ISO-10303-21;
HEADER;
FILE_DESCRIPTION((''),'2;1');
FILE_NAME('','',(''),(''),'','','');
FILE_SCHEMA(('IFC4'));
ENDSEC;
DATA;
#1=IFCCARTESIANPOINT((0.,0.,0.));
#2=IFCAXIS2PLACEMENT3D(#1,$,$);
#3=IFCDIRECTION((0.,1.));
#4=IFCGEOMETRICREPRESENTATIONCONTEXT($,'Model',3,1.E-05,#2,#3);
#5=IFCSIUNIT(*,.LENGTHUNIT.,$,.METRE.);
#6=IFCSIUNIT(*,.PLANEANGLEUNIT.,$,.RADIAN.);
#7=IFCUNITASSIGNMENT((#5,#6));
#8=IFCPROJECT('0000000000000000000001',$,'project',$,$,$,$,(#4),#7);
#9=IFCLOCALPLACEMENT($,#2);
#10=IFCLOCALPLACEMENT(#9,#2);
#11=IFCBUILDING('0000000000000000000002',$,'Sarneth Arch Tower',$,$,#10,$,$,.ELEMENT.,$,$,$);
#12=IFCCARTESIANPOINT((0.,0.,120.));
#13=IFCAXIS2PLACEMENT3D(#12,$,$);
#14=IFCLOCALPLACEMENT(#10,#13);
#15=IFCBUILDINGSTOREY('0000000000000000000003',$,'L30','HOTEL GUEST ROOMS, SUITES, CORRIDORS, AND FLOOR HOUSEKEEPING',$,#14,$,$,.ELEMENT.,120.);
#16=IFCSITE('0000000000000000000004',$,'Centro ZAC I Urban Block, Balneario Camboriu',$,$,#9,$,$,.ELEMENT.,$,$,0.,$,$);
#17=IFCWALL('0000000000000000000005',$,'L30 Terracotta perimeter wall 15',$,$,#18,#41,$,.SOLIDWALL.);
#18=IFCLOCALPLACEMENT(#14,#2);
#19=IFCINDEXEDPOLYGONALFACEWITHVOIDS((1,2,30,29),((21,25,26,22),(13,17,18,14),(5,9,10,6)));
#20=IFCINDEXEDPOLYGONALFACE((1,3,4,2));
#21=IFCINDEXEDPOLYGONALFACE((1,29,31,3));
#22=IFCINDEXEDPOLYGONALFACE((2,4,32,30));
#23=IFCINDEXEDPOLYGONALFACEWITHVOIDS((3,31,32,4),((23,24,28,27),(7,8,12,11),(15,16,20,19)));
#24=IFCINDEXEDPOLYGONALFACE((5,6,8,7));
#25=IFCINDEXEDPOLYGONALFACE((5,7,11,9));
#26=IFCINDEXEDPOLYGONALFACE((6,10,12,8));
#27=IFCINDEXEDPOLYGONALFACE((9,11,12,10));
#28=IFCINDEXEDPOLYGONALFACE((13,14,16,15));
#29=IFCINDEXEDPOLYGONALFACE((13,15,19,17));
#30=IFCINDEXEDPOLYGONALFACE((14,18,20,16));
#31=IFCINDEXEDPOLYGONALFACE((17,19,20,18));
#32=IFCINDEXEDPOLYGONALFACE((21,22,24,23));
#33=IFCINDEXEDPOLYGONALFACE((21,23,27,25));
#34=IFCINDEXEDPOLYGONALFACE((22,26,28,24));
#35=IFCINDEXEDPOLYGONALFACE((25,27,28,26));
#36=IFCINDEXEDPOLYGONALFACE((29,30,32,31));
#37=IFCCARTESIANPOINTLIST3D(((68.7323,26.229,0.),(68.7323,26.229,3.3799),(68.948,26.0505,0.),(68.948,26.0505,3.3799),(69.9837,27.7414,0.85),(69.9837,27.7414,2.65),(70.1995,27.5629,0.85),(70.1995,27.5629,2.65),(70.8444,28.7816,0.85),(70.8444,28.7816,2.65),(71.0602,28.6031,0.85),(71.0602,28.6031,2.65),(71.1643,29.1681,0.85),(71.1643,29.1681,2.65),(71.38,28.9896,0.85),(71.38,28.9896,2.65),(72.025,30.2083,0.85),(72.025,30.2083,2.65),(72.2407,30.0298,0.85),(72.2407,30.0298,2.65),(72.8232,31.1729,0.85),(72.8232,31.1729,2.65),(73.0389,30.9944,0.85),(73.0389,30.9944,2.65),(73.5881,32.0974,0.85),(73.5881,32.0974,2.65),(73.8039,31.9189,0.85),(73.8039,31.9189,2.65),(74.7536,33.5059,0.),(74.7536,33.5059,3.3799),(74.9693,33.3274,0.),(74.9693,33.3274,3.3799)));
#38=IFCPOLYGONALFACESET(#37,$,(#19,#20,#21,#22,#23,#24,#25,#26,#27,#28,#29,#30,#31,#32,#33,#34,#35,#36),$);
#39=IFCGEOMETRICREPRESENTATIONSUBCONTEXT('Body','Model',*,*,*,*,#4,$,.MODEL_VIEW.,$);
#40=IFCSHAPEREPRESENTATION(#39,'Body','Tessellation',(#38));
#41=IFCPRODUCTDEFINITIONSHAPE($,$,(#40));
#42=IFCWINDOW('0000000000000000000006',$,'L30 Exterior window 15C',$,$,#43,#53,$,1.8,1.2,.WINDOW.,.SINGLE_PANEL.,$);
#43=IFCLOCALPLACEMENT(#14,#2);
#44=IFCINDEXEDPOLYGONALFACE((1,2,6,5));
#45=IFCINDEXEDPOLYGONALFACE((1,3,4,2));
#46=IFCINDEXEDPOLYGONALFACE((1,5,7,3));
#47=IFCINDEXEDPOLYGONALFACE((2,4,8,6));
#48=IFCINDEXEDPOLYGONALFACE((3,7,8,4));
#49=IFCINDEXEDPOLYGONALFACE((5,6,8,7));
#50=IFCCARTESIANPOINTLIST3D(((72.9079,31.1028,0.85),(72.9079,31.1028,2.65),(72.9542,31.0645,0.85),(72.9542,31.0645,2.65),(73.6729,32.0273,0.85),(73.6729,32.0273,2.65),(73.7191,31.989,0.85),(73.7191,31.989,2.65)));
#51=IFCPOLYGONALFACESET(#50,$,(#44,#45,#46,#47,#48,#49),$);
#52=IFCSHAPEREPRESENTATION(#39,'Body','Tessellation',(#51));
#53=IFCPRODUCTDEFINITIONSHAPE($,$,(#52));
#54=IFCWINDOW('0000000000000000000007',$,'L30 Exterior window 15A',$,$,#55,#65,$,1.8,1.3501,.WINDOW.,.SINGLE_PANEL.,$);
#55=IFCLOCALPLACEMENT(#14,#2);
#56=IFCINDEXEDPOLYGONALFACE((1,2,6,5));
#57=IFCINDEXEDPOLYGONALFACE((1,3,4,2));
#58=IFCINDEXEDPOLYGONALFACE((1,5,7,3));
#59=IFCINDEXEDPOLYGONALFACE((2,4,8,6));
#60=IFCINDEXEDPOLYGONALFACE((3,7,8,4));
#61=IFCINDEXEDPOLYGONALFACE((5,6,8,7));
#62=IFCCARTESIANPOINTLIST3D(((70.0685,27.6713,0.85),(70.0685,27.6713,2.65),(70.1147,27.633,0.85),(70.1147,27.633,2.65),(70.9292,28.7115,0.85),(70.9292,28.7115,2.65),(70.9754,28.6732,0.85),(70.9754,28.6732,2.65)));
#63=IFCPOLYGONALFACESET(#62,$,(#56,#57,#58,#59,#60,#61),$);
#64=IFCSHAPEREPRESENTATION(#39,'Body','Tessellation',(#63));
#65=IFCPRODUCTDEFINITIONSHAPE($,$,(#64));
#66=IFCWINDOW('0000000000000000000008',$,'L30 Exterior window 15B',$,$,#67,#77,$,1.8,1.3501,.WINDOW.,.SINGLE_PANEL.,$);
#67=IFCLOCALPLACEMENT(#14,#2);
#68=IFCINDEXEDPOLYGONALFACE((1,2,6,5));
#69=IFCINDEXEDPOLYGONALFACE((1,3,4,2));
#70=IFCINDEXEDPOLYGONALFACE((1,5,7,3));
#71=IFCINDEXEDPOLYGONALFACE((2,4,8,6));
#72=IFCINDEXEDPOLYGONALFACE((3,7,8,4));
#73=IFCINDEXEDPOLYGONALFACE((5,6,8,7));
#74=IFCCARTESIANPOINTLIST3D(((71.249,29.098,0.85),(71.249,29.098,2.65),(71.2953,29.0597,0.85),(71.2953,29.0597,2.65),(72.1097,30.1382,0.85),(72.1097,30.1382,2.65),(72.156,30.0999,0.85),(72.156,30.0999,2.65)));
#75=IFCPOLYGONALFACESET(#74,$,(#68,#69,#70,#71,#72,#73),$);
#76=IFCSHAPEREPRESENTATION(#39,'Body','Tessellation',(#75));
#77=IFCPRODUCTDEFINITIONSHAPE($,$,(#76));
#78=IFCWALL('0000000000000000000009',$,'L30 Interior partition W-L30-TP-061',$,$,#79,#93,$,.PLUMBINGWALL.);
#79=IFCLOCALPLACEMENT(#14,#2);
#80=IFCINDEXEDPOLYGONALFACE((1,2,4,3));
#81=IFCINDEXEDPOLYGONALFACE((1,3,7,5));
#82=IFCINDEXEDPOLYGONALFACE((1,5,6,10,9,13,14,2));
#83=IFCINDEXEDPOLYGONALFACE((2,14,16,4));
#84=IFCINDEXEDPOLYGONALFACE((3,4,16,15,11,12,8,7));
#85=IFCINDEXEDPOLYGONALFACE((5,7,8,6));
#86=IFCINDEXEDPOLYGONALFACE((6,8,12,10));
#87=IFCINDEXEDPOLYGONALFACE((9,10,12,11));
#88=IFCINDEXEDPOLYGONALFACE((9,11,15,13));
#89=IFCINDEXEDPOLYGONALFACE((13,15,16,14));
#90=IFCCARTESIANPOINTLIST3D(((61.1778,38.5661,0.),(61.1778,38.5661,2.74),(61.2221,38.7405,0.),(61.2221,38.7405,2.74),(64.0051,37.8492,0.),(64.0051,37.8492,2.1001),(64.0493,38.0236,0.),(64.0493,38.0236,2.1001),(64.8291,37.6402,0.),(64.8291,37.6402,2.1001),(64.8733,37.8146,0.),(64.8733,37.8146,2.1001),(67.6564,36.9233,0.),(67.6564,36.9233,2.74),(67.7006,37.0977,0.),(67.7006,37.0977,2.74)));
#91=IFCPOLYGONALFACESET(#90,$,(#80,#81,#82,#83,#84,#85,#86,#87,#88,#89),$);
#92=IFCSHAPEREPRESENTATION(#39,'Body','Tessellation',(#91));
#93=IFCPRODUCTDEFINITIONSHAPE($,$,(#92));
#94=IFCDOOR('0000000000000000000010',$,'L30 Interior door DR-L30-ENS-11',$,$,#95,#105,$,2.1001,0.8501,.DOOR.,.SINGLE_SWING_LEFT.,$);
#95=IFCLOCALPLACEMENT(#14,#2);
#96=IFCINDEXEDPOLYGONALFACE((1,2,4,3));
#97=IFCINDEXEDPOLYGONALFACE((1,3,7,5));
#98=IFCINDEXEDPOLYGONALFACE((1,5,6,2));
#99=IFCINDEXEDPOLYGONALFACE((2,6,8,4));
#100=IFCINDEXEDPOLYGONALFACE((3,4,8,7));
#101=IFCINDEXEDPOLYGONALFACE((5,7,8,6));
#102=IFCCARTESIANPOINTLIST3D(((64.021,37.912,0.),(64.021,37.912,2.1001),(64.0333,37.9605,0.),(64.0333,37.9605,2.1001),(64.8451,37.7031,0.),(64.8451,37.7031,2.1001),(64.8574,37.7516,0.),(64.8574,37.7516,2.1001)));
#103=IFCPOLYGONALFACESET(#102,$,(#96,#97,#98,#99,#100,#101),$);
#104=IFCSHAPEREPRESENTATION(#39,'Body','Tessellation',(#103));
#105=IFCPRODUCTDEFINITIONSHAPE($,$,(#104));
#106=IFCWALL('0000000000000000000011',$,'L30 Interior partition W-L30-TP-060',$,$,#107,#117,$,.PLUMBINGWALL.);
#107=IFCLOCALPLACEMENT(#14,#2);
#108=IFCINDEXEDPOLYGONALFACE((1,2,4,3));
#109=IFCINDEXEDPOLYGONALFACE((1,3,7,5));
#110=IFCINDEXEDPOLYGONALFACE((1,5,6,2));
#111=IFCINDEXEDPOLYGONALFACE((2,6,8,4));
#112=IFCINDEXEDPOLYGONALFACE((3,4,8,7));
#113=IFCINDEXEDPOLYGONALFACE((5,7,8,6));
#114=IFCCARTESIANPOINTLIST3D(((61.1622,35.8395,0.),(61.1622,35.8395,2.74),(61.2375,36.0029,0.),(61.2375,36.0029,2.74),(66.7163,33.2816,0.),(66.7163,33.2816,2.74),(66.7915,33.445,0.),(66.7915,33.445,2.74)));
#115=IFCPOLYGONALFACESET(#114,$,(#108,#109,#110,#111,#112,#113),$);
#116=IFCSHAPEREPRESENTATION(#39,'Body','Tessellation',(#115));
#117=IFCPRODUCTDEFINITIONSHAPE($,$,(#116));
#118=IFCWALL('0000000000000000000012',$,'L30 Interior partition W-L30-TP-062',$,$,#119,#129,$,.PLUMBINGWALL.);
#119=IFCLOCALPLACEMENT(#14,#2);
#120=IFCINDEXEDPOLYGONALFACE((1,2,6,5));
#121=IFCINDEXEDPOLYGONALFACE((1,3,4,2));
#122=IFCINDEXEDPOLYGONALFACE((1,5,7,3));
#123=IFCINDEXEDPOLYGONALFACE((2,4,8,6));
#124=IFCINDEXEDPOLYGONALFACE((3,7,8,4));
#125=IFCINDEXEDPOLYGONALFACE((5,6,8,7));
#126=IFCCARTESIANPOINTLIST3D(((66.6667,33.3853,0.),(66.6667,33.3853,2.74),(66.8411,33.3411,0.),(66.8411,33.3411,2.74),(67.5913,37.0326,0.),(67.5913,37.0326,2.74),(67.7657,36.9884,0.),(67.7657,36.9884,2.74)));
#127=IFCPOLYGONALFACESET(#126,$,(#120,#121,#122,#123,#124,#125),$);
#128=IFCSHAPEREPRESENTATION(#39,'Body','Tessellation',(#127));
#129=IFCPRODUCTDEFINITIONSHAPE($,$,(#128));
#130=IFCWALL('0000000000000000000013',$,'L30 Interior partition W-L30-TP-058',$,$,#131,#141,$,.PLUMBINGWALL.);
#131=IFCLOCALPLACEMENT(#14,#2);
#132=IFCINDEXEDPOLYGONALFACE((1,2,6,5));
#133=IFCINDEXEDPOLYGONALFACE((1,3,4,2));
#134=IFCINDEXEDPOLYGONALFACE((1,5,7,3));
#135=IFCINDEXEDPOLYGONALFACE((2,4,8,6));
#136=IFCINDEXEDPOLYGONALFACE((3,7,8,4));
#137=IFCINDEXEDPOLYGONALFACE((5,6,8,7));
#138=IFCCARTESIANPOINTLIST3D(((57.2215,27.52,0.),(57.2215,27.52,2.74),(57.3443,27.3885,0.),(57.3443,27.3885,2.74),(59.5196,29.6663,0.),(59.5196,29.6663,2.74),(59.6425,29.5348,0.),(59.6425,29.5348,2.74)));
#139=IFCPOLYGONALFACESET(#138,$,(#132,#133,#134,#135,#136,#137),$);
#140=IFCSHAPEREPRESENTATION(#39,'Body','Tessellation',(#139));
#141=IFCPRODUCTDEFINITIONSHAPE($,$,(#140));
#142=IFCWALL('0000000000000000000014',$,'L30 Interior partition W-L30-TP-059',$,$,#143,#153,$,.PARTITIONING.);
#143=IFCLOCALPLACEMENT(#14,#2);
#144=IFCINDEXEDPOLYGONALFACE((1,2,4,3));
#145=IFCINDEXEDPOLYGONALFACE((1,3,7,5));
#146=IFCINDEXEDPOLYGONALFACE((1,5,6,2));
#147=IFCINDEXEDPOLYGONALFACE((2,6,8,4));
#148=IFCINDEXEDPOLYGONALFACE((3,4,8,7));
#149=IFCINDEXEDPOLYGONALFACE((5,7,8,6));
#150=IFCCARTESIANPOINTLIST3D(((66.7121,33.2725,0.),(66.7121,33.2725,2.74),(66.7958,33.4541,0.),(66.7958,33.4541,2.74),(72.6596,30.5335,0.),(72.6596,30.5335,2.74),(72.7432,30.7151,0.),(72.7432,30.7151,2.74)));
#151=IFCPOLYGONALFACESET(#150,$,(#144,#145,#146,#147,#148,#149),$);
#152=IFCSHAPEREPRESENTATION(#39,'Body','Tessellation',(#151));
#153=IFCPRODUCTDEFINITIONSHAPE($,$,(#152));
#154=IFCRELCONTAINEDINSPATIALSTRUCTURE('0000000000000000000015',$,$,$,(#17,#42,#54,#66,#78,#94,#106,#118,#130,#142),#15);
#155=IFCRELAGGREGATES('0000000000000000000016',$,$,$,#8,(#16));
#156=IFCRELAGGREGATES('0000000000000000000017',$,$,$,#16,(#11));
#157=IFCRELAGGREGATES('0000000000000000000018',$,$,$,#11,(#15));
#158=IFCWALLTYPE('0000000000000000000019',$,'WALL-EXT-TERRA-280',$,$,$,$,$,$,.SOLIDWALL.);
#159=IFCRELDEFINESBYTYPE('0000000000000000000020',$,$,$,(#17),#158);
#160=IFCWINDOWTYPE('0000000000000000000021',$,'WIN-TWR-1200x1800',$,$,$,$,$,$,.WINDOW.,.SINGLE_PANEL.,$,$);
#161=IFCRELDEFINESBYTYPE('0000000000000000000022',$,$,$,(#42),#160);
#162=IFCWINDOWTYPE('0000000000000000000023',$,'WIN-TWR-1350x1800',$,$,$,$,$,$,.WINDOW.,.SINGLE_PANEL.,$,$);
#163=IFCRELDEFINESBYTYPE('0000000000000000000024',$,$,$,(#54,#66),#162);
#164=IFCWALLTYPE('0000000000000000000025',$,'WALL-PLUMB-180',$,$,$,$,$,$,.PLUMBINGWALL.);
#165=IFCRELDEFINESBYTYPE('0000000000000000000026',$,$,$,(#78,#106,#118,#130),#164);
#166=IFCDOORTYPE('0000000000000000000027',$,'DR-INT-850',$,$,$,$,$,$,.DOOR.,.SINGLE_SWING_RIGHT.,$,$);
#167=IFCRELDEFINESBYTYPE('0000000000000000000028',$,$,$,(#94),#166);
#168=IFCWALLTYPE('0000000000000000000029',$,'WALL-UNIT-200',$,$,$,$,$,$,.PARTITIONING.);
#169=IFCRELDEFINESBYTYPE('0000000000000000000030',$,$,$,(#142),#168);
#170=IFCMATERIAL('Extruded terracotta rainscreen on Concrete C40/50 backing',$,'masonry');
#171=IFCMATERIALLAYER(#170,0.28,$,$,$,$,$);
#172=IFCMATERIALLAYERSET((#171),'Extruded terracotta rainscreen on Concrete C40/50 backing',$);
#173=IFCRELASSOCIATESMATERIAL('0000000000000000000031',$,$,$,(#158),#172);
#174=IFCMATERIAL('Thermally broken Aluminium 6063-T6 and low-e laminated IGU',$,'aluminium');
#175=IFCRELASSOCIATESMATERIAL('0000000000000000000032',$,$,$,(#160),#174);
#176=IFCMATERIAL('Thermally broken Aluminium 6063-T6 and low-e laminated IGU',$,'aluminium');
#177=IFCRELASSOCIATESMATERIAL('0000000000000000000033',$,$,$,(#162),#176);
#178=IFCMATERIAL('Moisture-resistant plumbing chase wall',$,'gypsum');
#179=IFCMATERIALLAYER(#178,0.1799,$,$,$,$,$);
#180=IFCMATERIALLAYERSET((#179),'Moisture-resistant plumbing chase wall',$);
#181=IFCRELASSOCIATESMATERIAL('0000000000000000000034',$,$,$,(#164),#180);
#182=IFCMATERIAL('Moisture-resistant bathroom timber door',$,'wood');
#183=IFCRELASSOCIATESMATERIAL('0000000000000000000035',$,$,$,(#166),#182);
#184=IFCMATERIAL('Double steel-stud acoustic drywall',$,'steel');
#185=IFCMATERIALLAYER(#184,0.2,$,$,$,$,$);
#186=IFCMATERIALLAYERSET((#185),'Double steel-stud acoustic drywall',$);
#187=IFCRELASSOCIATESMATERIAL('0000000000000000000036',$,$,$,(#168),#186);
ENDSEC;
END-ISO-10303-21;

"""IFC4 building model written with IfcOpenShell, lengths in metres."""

from ifc_helpers import new_model, si_unit, direction, frame, frame_2d, origin, place, context, subcontext, project, spatial, rectangle, extrude, material, layer, layer_set, type_object, element, fill, save


model = new_model("IFC4")

# Units and contexts
model_context = context("Model", 3, precision=1e-05, world=origin(), true_north=direction((0.0, 1.0)))
body_context = subcontext(model_context, "Body", "Model", "MODEL_VIEW")
ifc_project = project(units=[si_unit("LENGTHUNIT", "METRE"), si_unit("PLANEANGLEUNIT", "RADIAN")], contexts=[model_context])

# Site, building, storey
site_placement = place(None, origin())
site = spatial("IfcSite", under=ifc_project, at=site_placement, Name="Centro ZAC I Urban Block, Balneario Camboriu", CompositionType="ELEMENT", RefElevation=0.0)
building_placement = place(site_placement, origin())
building = spatial("IfcBuilding", under=site, at=building_placement, Name="Sarneth Arch Tower", CompositionType="ELEMENT")
storey_placement = place(building_placement, frame((0.0, 0.0, 120.0)))
storey = spatial("IfcBuildingStorey", under=building, at=storey_placement, Name="L30", Description="HOTEL GUEST ROOMS, SUITES, CORRIDORS, AND FLOOR HOUSEKEEPING", CompositionType="ELEMENT", Elevation=120.0)

# Wall, openings, windows
ifc_material_1 = material(Name="Extruded terracotta rainscreen on Concrete C40/50 backing", Category="masonry")
ifc_layer_1 = layer(ifc_material_1, 0.28)
ifc_layer_set_1 = layer_set([ifc_layer_1], Name="Extruded terracotta rainscreen on Concrete C40/50 backing")
wall_type_1 = type_object("IfcWallType", Name="WALL-EXT-TERRA-280", PredefinedType="SOLIDWALL", material=ifc_layer_set_1)
wall_1_placement = place(storey_placement, frame((68.8401, 26.1396, 0.0), z_axis=(0.0, 0.0, 1.0), x_axis=(0.637506, 0.770446, 0.0)))
wall_1 = element("IfcWall", 1, at=wall_1_placement, inside=storey, type_object=wall_type_1, Name="L30 Terracotta perimeter wall 15", PredefinedType="SOLIDWALL", context=body_context, shape_type="SweptSolid", body=[
    extrude(rectangle(XDim=9.4451, YDim=0.28, at=frame_2d((4.7227, 0.0))), origin(), (0.0, 0.0, 1.0), 3.3799),
])
opening_1_placement = place(wall_1_placement, frame((1.9631, 0.0, 0.8501)))
opening_1 = element("IfcOpeningElement", 2, at=opening_1_placement, cuts=wall_1, PredefinedType="OPENING", context=body_context, shape_type="SweptSolid", body=[
    extrude(rectangle(XDim=1.3501, YDim=1.8, at=frame_2d((0.675, 0.8999))), frame((0.0, 0.1499, 0.0), z_axis=(0.0, -1.0, 0.0), x_axis=(1.0, 0.0, 0.0)), (0.0, 0.0, 1.0), 0.3),
])
opening_2_placement = place(wall_1_placement, frame((3.8149, 0.0, 0.8501)))
opening_2 = element("IfcOpeningElement", 3, at=opening_2_placement, cuts=wall_1, PredefinedType="OPENING", context=body_context, shape_type="SweptSolid", body=[
    extrude(rectangle(XDim=1.3501, YDim=1.8, at=frame_2d((0.675, 0.8999))), frame((0.0, 0.1499, 0.0), z_axis=(0.0, -1.0, 0.0), x_axis=(1.0, 0.0, 0.0)), (0.0, 0.0, 1.0), 0.3),
])
opening_3_placement = place(wall_1_placement, frame((6.417, 0.0, 0.8501)))
opening_3 = element("IfcOpeningElement", 4, at=opening_3_placement, cuts=wall_1, PredefinedType="OPENING", context=body_context, shape_type="SweptSolid", body=[
    extrude(rectangle(XDim=1.2, YDim=1.8, at=frame_2d((0.6001, 0.8999))), frame((0.0, 0.1499, 0.0), z_axis=(0.0, -1.0, 0.0), x_axis=(1.0, 0.0, 0.0)), (0.0, 0.0, 1.0), 0.3),
])
ifc_material_2 = material(Name="Thermally broken Aluminium 6063-T6 and low-e laminated IGU", Category="aluminium")
window_type_1 = type_object("IfcWindowType", Name="WIN-TWR-1200x1800", PartitioningType="SINGLE_PANEL", PredefinedType="WINDOW", material=ifc_material_2)
window_1_placement = place(opening_3_placement, origin())
window_1 = element("IfcWindow", 5, at=window_1_placement, inside=storey, type_object=window_type_1, Name="L30 Exterior window 15C", OverallHeight=1.8, OverallWidth=1.2, PartitioningType="SINGLE_PANEL", PredefinedType="WINDOW", context=body_context, shape_type="SweptSolid", body=[
    extrude(rectangle(XDim=1.2, YDim=1.8, at=frame_2d((0.6001, 0.8999))), frame((0.0, 0.03, 0.0), z_axis=(0.0, -1.0, 0.0), x_axis=(1.0, 0.0, 0.0)), (0.0, 0.0, 1.0), 0.0601),
])
fill(opening_3, window_1)
ifc_material_3 = material(Name="Thermally broken Aluminium 6063-T6 and low-e laminated IGU", Category="aluminium")
window_type_2 = type_object("IfcWindowType", Name="WIN-TWR-1350x1800", PartitioningType="SINGLE_PANEL", PredefinedType="WINDOW", material=ifc_material_3)
window_2_placement = place(opening_1_placement, origin())
window_2 = element("IfcWindow", 6, at=window_2_placement, inside=storey, type_object=window_type_2, Name="L30 Exterior window 15A", OverallHeight=1.8, OverallWidth=1.3501, PartitioningType="SINGLE_PANEL", PredefinedType="WINDOW", context=body_context, shape_type="SweptSolid", body=[
    extrude(rectangle(XDim=1.3501, YDim=1.8, at=frame_2d((0.675, 0.8999))), frame((0.0, 0.03, 0.0), z_axis=(0.0, -1.0, 0.0), x_axis=(1.0, 0.0, 0.0)), (0.0, 0.0, 1.0), 0.0601),
])
fill(opening_1, window_2)
window_3_placement = place(opening_2_placement, origin())
window_3 = element("IfcWindow", 7, at=window_3_placement, inside=storey, type_object=window_type_2, Name="L30 Exterior window 15B", OverallHeight=1.8, OverallWidth=1.3501, PartitioningType="SINGLE_PANEL", PredefinedType="WINDOW", context=body_context, shape_type="SweptSolid", body=[
    extrude(rectangle(XDim=1.3501, YDim=1.8, at=frame_2d((0.675, 0.8999))), frame((0.0, 0.03, 0.0), z_axis=(0.0, -1.0, 0.0), x_axis=(1.0, 0.0, 0.0)), (0.0, 0.0, 1.0), 0.0601),
])
fill(opening_2, window_3)

# Wall, opening, door
ifc_material_4 = material(Name="Moisture-resistant plumbing chase wall", Category="gypsum")
ifc_layer_2 = layer(ifc_material_4, 0.1799)
ifc_layer_set_2 = layer_set([ifc_layer_2], Name="Moisture-resistant plumbing chase wall")
wall_type_2 = type_object("IfcWallType", Name="WALL-PLUMB-180", PredefinedType="PLUMBINGWALL", material=ifc_layer_set_2)
wall_2_placement = place(storey_placement, frame((61.2, 38.6533, 0.0), z_axis=(0.0, 0.0, 1.0), x_axis=(0.96932, -0.2458, 0.0)))
wall_2 = element("IfcWall", 8, at=wall_2_placement, inside=storey, type_object=wall_type_2, Name="L30 Interior partition W-L30-TP-061", PredefinedType="PLUMBINGWALL", context=body_context, shape_type="SweptSolid", body=[
    extrude(rectangle(XDim=6.6836, YDim=0.1799, at=frame_2d((3.3418, 0.0))), origin(), (0.0, 0.0, 1.0), 2.74),
])
opening_4_placement = place(wall_2_placement, frame((2.9167, 0.0, 0.0)))
opening_4 = element("IfcOpeningElement", 9, at=opening_4_placement, cuts=wall_2, PredefinedType="OPENING", context=body_context, shape_type="SweptSolid", body=[
    extrude(rectangle(XDim=0.8501, YDim=2.1001, at=frame_2d((0.425, 1.05))), frame((0.0, 0.0999, 0.0), z_axis=(0.0, -1.0, 0.0), x_axis=(1.0, 0.0, 0.0)), (0.0, 0.0, 1.0), 0.2),
])
ifc_material_5 = material(Name="Moisture-resistant bathroom timber door", Category="wood")
door_type = type_object("IfcDoorType", Name="DR-INT-850", OperationType="SINGLE_SWING_RIGHT", PredefinedType="DOOR", material=ifc_material_5)
door_placement = place(opening_4_placement, origin())
door = element("IfcDoor", 10, at=door_placement, inside=storey, type_object=door_type, Name="L30 Interior door DR-L30-ENS-11", OperationType="SINGLE_SWING_LEFT", OverallHeight=2.1001, OverallWidth=0.8501, PredefinedType="DOOR", context=body_context, shape_type="SweptSolid", body=[
    extrude(rectangle(XDim=0.8501, YDim=2.1001, at=frame_2d((0.425, 1.05))), frame((0.0, 0.0249, 0.0), z_axis=(0.0, -1.0, 0.0), x_axis=(1.0, 0.0, 0.0)), (0.0, 0.0, 1.0), 0.05),
])
fill(opening_4, door)

# Walls
wall_3_placement = place(storey_placement, frame((66.7539, 33.3633, 0.0), z_axis=(0.0, 0.0, 1.0), x_axis=(-0.908301, 0.418316, 0.0)))
element("IfcWall", 11, at=wall_3_placement, inside=storey, type_object=wall_type_2, Name="L30 Interior partition W-L30-TP-060", PredefinedType="PLUMBINGWALL", context=body_context, shape_type="SweptSolid", body=[
    extrude(rectangle(XDim=6.1147, YDim=0.1799, at=frame_2d((3.0574, 0.0))), origin(), (0.0, 0.0, 1.0), 2.74),
])
wall_4_placement = place(storey_placement, frame((67.6785, 37.0105, 0.0), z_axis=(0.0, 0.0, 1.0), x_axis=(-0.245725, -0.96934, 0.0)))
element("IfcWall", 12, at=wall_4_placement, inside=storey, type_object=wall_type_2, Name="L30 Interior partition W-L30-TP-062", PredefinedType="PLUMBINGWALL", context=body_context, shape_type="SweptSolid", body=[
    extrude(rectangle(XDim=3.7627, YDim=0.1799, at=frame_2d((1.8813, 0.0))), origin(), (0.0, 0.0, 1.0), 2.74),
])
wall_5_placement = place(storey_placement, frame((59.5811, 29.6006, 0.0), z_axis=(0.0, 0.0, 1.0), x_axis=(-0.730841, -0.682548, 0.0)))
element("IfcWall", 13, at=wall_5_placement, inside=storey, type_object=wall_type_2, Name="L30 Interior partition W-L30-TP-058", PredefinedType="PLUMBINGWALL", context=body_context, shape_type="SweptSolid", body=[
    extrude(rectangle(XDim=3.1445, YDim=0.1799, at=frame_2d((1.5723, 0.0))), origin(), (0.0, 0.0, 1.0), 2.74),
])
ifc_material_6 = material(Name="Double steel-stud acoustic drywall", Category="steel")
ifc_layer_3 = layer(ifc_material_6, 0.2)
ifc_layer_set_3 = layer_set([ifc_layer_3], Name="Double steel-stud acoustic drywall")
wall_type_3 = type_object("IfcWallType", Name="WALL-UNIT-200", PredefinedType="PARTITIONING", material=ifc_layer_set_3)
wall_6_placement = place(storey_placement, frame((72.7014, 30.6243, 0.0), z_axis=(0.0, 0.0, 1.0), x_axis=(-0.908307, 0.418304, 0.0)))
element("IfcWall", 14, at=wall_6_placement, inside=storey, type_object=wall_type_3, Name="L30 Interior partition W-L30-TP-059", PredefinedType="PARTITIONING", context=body_context, shape_type="SweptSolid", body=[
    extrude(rectangle(XDim=6.5479, YDim=0.2, at=frame_2d((3.2739, 0.0))), origin(), (0.0, 0.0, 1.0), 2.74),
])

save(model, "model.ifc")
